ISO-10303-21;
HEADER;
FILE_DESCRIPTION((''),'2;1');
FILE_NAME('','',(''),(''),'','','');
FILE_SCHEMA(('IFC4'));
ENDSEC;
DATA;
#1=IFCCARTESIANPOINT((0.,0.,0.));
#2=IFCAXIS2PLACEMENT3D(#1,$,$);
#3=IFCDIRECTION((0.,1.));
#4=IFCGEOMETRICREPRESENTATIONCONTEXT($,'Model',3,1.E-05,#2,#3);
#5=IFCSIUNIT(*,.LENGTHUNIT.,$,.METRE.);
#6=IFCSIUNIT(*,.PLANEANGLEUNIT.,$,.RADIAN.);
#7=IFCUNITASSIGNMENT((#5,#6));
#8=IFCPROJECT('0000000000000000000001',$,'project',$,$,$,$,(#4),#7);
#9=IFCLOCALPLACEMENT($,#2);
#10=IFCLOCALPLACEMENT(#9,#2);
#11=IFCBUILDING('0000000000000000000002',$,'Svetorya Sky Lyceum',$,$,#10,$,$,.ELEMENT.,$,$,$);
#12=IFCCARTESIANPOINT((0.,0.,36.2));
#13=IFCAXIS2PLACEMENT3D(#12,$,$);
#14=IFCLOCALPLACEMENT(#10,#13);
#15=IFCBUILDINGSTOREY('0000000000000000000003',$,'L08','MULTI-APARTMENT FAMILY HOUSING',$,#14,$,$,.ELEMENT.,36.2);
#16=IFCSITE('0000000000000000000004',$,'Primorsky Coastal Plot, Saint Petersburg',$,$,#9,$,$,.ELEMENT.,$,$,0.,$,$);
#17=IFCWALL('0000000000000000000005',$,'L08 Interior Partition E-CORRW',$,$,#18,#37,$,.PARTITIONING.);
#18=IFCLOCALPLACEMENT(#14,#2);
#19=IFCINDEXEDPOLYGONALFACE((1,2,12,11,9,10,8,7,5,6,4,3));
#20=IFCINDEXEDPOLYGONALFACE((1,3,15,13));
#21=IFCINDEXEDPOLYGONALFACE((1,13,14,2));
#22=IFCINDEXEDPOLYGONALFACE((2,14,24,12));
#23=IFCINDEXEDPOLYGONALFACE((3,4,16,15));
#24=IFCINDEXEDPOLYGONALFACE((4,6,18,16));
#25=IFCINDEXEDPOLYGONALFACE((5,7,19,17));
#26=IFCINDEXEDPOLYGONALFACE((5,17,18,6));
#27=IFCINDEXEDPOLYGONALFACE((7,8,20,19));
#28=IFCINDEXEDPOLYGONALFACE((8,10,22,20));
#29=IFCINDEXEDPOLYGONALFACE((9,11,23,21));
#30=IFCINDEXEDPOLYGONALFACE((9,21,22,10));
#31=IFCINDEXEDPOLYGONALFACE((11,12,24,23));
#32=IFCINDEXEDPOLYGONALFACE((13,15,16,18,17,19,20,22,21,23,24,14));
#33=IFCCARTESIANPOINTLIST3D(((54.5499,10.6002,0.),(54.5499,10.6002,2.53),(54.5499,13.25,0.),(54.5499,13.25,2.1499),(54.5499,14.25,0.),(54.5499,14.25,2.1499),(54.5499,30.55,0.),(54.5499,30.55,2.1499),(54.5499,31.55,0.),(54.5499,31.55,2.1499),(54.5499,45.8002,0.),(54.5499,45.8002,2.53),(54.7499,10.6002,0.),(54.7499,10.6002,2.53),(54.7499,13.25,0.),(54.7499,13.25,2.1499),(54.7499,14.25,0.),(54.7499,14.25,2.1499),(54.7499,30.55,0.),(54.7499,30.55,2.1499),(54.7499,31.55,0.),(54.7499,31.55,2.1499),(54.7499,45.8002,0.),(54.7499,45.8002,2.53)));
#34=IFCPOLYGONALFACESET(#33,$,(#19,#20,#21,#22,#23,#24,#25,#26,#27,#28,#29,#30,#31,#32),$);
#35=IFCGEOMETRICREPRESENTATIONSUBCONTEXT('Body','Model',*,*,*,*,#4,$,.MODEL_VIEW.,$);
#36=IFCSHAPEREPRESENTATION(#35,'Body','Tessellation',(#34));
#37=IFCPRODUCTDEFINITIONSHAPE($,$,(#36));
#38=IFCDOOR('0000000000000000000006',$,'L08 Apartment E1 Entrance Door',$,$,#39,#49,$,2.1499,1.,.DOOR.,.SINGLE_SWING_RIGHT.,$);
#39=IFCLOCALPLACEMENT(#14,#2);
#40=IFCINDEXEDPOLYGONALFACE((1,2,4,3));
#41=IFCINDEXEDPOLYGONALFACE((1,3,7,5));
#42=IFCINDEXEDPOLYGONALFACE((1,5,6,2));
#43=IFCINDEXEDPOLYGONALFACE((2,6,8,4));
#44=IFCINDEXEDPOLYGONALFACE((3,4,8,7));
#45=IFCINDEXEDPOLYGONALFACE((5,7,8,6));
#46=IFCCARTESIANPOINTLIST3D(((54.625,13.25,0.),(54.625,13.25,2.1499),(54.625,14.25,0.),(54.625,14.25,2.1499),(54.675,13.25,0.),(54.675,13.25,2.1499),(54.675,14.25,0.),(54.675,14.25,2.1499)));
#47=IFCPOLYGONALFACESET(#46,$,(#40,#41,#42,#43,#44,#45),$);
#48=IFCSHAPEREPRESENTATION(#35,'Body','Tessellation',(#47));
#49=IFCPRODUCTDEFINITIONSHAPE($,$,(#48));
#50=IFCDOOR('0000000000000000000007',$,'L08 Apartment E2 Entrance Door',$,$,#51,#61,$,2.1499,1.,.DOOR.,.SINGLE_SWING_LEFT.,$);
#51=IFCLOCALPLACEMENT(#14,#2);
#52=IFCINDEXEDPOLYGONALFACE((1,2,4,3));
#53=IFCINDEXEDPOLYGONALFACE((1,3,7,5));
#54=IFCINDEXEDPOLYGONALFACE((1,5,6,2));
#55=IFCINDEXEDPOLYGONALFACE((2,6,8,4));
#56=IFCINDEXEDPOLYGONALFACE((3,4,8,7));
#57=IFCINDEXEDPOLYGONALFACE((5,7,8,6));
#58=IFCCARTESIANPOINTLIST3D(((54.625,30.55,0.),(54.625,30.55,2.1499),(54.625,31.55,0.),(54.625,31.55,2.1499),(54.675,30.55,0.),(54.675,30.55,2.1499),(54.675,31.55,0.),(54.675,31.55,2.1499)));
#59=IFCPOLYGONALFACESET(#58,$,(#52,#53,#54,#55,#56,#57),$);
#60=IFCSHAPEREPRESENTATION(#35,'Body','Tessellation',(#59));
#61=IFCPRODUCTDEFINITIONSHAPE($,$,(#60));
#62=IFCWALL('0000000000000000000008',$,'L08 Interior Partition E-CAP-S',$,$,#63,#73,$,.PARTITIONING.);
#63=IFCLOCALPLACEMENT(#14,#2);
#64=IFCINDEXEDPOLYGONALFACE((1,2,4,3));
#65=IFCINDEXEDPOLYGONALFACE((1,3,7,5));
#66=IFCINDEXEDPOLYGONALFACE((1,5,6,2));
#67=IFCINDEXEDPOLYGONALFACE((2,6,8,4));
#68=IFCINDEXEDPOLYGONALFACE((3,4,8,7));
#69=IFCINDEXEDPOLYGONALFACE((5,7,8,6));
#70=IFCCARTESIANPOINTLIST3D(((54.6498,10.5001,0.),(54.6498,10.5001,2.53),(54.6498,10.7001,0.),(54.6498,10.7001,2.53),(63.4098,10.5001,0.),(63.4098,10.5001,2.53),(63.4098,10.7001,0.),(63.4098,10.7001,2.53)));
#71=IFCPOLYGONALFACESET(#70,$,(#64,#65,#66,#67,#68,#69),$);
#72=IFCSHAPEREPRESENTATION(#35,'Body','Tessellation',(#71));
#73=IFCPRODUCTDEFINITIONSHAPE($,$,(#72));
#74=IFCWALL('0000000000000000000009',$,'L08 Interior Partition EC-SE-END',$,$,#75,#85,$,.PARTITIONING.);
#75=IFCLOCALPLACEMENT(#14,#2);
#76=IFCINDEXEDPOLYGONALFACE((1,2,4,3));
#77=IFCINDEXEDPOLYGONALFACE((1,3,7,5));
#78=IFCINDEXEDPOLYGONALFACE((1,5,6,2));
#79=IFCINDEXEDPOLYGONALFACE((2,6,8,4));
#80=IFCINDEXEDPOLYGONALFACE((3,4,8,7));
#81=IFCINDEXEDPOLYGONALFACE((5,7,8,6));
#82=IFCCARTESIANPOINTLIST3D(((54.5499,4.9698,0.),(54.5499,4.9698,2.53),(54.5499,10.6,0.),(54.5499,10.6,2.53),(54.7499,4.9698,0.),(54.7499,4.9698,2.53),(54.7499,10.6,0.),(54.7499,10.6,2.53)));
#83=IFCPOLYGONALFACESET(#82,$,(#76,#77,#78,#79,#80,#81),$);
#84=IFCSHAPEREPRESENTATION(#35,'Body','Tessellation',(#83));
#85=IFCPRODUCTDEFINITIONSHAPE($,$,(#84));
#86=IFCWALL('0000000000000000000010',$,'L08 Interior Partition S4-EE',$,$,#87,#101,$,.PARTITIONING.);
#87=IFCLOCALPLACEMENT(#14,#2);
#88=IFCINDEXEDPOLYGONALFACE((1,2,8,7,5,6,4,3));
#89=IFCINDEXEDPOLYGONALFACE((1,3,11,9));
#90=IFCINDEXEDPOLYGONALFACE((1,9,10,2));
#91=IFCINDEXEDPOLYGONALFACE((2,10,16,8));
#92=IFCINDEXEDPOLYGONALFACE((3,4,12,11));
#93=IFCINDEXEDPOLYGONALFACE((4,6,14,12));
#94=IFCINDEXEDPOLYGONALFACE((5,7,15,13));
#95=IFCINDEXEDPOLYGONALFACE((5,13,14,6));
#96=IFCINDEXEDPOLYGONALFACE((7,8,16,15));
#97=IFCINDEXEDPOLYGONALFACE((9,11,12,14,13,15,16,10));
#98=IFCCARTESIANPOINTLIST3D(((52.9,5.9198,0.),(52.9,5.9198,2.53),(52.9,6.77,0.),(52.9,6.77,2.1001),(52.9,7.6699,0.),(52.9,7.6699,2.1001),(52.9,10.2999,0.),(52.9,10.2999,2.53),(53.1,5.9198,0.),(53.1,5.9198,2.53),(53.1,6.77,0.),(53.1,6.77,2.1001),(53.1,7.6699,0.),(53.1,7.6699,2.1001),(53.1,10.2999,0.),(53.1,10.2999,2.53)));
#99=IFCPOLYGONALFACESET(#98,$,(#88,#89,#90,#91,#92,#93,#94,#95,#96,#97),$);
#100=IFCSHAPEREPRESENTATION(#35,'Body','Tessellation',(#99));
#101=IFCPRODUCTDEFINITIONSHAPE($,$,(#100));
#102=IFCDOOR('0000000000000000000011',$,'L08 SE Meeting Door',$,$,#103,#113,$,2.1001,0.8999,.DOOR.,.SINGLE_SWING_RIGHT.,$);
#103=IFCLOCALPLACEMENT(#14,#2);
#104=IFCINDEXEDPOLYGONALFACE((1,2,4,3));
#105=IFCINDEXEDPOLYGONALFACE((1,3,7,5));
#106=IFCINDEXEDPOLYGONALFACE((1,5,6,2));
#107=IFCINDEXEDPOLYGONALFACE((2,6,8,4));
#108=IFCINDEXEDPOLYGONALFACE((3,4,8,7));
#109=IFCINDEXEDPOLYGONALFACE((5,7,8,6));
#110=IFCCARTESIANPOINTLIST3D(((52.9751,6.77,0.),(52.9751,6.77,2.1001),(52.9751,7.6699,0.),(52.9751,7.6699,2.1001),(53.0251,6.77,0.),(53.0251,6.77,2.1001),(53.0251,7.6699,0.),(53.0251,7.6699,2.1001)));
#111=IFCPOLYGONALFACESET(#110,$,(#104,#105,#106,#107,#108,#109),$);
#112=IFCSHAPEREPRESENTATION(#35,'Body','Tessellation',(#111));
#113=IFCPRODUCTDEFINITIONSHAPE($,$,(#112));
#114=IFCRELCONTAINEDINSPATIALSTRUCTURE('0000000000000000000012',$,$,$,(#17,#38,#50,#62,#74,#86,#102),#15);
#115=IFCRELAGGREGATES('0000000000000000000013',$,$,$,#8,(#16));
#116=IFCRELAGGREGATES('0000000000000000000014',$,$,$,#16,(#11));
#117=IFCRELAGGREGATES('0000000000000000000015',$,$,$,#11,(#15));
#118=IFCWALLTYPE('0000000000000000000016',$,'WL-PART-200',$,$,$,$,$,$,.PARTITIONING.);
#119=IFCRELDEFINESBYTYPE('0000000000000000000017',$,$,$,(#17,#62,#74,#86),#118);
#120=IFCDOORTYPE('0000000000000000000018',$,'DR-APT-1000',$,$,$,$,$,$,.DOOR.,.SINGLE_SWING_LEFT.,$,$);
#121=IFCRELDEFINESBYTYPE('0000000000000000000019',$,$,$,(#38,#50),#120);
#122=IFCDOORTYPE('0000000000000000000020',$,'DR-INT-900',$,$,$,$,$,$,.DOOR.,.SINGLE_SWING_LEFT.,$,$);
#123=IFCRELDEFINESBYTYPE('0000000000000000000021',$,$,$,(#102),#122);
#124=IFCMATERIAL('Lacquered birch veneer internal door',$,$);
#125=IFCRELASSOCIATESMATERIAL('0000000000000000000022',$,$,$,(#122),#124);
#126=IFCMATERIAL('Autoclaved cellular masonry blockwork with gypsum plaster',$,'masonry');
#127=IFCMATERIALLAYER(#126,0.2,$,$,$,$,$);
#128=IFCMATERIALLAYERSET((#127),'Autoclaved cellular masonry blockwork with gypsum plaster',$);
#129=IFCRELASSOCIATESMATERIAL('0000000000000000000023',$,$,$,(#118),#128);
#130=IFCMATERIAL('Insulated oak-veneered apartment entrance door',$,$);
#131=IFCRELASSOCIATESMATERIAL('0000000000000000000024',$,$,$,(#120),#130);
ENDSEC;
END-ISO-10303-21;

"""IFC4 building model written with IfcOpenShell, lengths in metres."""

from ifc_helpers import new_model, si_unit, direction, frame, frame_2d, origin, place, context, subcontext, project, spatial, rectangle, extrude, material, layer, layer_set, type_object, element, fill, save


model = new_model("IFC4")

# Units and contexts
model_context = context("Model", 3, precision=1e-05, world=origin(), true_north=direction((0.0, 1.0)))
body_context = subcontext(model_context, "Body", "Model", "MODEL_VIEW")
ifc_project = project(units=[si_unit("LENGTHUNIT", "METRE"), si_unit("PLANEANGLEUNIT", "RADIAN")], contexts=[model_context])

# Site, building, storey
site_placement = place(None, origin())
site = spatial("IfcSite", under=ifc_project, at=site_placement, Name="Primorsky Coastal Plot, Saint Petersburg", CompositionType="ELEMENT", RefElevation=0.0)
building_placement = place(site_placement, origin())
building = spatial("IfcBuilding", under=site, at=building_placement, Name="Svetorya Sky Lyceum", CompositionType="ELEMENT")
storey_placement = place(building_placement, frame((0.0, 0.0, 36.2)))
storey = spatial("IfcBuildingStorey", under=building, at=storey_placement, Name="L08", Description="MULTI-APARTMENT FAMILY HOUSING", CompositionType="ELEMENT", Elevation=36.2)

# Wall, openings, doors
ifc_material_1 = material(Name="Lacquered birch veneer internal door")
door_type_1 = type_object("IfcDoorType", Name="DR-INT-900", OperationType="SINGLE_SWING_LEFT", PredefinedType="DOOR", material=ifc_material_1)
ifc_material_2 = material(Name="Autoclaved cellular masonry blockwork with gypsum plaster", Category="masonry")
ifc_layer_1 = layer(ifc_material_2, 0.2)
ifc_layer_set_1 = layer_set([ifc_layer_1], Name="Autoclaved cellular masonry blockwork with gypsum plaster")
wall_type_1 = type_object("IfcWallType", Name="WL-PART-200", PredefinedType="PARTITIONING", material=ifc_layer_set_1)
wall_1_placement = place(storey_placement, frame((54.6499, 10.6001, 0.0), z_axis=(0.0, 0.0, 1.0), x_axis=(0.0, 1.0, 0.0)))
wall_1 = element("IfcWall", 1, at=wall_1_placement, inside=storey, type_object=wall_type_1, Name="L08 Interior Partition E-CORRW", PredefinedType="PARTITIONING", context=body_context, shape_type="SweptSolid", body=[
    extrude(rectangle(XDim=35.2, YDim=0.2, at=frame_2d((17.6001, 0.0))), origin(), (0.0, 0.0, 1.0), 2.53),
])
opening_1_placement = place(wall_1_placement, frame((2.6499, 0.0, 0.0)))
opening_1 = element("IfcOpeningElement", 2, at=opening_1_placement, cuts=wall_1, PredefinedType="OPENING", context=body_context, shape_type="SweptSolid", body=[
    extrude(rectangle(XDim=1.0, YDim=2.1499, at=frame_2d((0.5, 1.075))), frame((0.0, 0.1099, 0.0), z_axis=(0.0, -1.0, 0.0), x_axis=(1.0, 0.0, 0.0)), (0.0, 0.0, 1.0), 0.22),
])
opening_2_placement = place(wall_1_placement, frame((19.95, 0.0, 0.0)))
opening_2 = element("IfcOpeningElement", 3, at=opening_2_placement, cuts=wall_1, PredefinedType="OPENING", context=body_context, shape_type="SweptSolid", body=[
    extrude(rectangle(XDim=1.0, YDim=2.1499, at=frame_2d((0.5, 1.075))), frame((0.0, 0.1099, 0.0), z_axis=(0.0, -1.0, 0.0), x_axis=(1.0, 0.0, 0.0)), (0.0, 0.0, 1.0), 0.22),
])
ifc_material_3 = material(Name="Insulated oak-veneered apartment entrance door")
door_type_2 = type_object("IfcDoorType", Name="DR-APT-1000", OperationType="SINGLE_SWING_LEFT", PredefinedType="DOOR", material=ifc_material_3)
door_1_placement = place(opening_1_placement, origin())
door_1 = element("IfcDoor", 4, at=door_1_placement, inside=storey, type_object=door_type_2, Name="L08 Apartment E1 Entrance Door", OperationType="SINGLE_SWING_RIGHT", OverallHeight=2.1499, OverallWidth=1.0, PredefinedType="DOOR", context=body_context, shape_type="SweptSolid", body=[
    extrude(rectangle(XDim=1.0, YDim=2.1499, at=frame_2d((0.5, 1.075))), frame((0.0, 0.0249, 0.0), z_axis=(0.0, -1.0, 0.0), x_axis=(1.0, 0.0, 0.0)), (0.0, 0.0, 1.0), 0.05),
])
fill(opening_1, door_1)
door_2_placement = place(opening_2_placement, origin())
door_2 = element("IfcDoor", 5, at=door_2_placement, inside=storey, type_object=door_type_2, Name="L08 Apartment E2 Entrance Door", OperationType="SINGLE_SWING_LEFT", OverallHeight=2.1499, OverallWidth=1.0, PredefinedType="DOOR", context=body_context, shape_type="SweptSolid", body=[
    extrude(rectangle(XDim=1.0, YDim=2.1499, at=frame_2d((0.5, 1.075))), frame((0.0, 0.0249, 0.0), z_axis=(0.0, -1.0, 0.0), x_axis=(1.0, 0.0, 0.0)), (0.0, 0.0, 1.0), 0.05),
])
fill(opening_2, door_2)

# Walls
wall_2_placement = place(storey_placement, frame((54.6499, 10.6001, 0.0), z_axis=(0.0, 0.0, 1.0), x_axis=(1.0, 0.0, 0.0)))
element("IfcWall", 6, at=wall_2_placement, inside=storey, type_object=wall_type_1, Name="L08 Interior Partition E-CAP-S", PredefinedType="PARTITIONING", context=body_context, shape_type="SweptSolid", body=[
    extrude(rectangle(XDim=8.76, YDim=0.2, at=frame_2d((4.3799, 0.0))), origin(), (0.0, 0.0, 1.0), 2.53),
])
wall_3_placement = place(storey_placement, frame((54.6499, 4.97, 0.0), z_axis=(0.0, 0.0, 1.0), x_axis=(0.0, 1.0, 0.0)))
element("IfcWall", 7, at=wall_3_placement, inside=storey, type_object=wall_type_1, Name="L08 Interior Partition EC-SE-END", PredefinedType="PARTITIONING", context=body_context, shape_type="SweptSolid", body=[
    extrude(rectangle(XDim=5.6301, YDim=0.2, at=frame_2d((2.8149, 0.0))), origin(), (0.0, 0.0, 1.0), 2.53),
])

# Wall, opening, door
wall_4_placement = place(storey_placement, frame((53.0, 5.9199, 0.0), z_axis=(0.0, 0.0, 1.0), x_axis=(0.0, 1.0, 0.0)))
wall_4 = element("IfcWall", 8, at=wall_4_placement, inside=storey, type_object=wall_type_1, Name="L08 Interior Partition S4-EE", PredefinedType="PARTITIONING", context=body_context, shape_type="SweptSolid", body=[
    extrude(rectangle(XDim=4.3801, YDim=0.2, at=frame_2d((2.1899, 0.0))), origin(), (0.0, 0.0, 1.0), 2.53),
])
opening_3_placement = place(wall_4_placement, frame((0.8501, 0.0, 0.0)))
opening_3 = element("IfcOpeningElement", 9, at=opening_3_placement, cuts=wall_4, PredefinedType="OPENING", context=body_context, shape_type="SweptSolid", body=[
    extrude(rectangle(XDim=0.8999, YDim=2.1001, at=frame_2d((0.45, 1.05))), frame((0.0, 0.1099, 0.0), z_axis=(0.0, -1.0, 0.0), x_axis=(1.0, 0.0, 0.0)), (0.0, 0.0, 1.0), 0.22),
])
door_3_placement = place(opening_3_placement, origin())
door_3 = element("IfcDoor", 10, at=door_3_placement, inside=storey, type_object=door_type_1, Name="L08 SE Meeting Door", OperationType="SINGLE_SWING_RIGHT", OverallHeight=2.1001, OverallWidth=0.8999, PredefinedType="DOOR", context=body_context, shape_type="SweptSolid", body=[
    extrude(rectangle(XDim=0.8999, YDim=2.1001, at=frame_2d((0.45, 1.05))), frame((0.0, 0.0249, 0.0), z_axis=(0.0, -1.0, 0.0), x_axis=(1.0, 0.0, 0.0)), (0.0, 0.0, 1.0), 0.05),
])
fill(opening_3, door_3)

save(model, "model.ifc")
